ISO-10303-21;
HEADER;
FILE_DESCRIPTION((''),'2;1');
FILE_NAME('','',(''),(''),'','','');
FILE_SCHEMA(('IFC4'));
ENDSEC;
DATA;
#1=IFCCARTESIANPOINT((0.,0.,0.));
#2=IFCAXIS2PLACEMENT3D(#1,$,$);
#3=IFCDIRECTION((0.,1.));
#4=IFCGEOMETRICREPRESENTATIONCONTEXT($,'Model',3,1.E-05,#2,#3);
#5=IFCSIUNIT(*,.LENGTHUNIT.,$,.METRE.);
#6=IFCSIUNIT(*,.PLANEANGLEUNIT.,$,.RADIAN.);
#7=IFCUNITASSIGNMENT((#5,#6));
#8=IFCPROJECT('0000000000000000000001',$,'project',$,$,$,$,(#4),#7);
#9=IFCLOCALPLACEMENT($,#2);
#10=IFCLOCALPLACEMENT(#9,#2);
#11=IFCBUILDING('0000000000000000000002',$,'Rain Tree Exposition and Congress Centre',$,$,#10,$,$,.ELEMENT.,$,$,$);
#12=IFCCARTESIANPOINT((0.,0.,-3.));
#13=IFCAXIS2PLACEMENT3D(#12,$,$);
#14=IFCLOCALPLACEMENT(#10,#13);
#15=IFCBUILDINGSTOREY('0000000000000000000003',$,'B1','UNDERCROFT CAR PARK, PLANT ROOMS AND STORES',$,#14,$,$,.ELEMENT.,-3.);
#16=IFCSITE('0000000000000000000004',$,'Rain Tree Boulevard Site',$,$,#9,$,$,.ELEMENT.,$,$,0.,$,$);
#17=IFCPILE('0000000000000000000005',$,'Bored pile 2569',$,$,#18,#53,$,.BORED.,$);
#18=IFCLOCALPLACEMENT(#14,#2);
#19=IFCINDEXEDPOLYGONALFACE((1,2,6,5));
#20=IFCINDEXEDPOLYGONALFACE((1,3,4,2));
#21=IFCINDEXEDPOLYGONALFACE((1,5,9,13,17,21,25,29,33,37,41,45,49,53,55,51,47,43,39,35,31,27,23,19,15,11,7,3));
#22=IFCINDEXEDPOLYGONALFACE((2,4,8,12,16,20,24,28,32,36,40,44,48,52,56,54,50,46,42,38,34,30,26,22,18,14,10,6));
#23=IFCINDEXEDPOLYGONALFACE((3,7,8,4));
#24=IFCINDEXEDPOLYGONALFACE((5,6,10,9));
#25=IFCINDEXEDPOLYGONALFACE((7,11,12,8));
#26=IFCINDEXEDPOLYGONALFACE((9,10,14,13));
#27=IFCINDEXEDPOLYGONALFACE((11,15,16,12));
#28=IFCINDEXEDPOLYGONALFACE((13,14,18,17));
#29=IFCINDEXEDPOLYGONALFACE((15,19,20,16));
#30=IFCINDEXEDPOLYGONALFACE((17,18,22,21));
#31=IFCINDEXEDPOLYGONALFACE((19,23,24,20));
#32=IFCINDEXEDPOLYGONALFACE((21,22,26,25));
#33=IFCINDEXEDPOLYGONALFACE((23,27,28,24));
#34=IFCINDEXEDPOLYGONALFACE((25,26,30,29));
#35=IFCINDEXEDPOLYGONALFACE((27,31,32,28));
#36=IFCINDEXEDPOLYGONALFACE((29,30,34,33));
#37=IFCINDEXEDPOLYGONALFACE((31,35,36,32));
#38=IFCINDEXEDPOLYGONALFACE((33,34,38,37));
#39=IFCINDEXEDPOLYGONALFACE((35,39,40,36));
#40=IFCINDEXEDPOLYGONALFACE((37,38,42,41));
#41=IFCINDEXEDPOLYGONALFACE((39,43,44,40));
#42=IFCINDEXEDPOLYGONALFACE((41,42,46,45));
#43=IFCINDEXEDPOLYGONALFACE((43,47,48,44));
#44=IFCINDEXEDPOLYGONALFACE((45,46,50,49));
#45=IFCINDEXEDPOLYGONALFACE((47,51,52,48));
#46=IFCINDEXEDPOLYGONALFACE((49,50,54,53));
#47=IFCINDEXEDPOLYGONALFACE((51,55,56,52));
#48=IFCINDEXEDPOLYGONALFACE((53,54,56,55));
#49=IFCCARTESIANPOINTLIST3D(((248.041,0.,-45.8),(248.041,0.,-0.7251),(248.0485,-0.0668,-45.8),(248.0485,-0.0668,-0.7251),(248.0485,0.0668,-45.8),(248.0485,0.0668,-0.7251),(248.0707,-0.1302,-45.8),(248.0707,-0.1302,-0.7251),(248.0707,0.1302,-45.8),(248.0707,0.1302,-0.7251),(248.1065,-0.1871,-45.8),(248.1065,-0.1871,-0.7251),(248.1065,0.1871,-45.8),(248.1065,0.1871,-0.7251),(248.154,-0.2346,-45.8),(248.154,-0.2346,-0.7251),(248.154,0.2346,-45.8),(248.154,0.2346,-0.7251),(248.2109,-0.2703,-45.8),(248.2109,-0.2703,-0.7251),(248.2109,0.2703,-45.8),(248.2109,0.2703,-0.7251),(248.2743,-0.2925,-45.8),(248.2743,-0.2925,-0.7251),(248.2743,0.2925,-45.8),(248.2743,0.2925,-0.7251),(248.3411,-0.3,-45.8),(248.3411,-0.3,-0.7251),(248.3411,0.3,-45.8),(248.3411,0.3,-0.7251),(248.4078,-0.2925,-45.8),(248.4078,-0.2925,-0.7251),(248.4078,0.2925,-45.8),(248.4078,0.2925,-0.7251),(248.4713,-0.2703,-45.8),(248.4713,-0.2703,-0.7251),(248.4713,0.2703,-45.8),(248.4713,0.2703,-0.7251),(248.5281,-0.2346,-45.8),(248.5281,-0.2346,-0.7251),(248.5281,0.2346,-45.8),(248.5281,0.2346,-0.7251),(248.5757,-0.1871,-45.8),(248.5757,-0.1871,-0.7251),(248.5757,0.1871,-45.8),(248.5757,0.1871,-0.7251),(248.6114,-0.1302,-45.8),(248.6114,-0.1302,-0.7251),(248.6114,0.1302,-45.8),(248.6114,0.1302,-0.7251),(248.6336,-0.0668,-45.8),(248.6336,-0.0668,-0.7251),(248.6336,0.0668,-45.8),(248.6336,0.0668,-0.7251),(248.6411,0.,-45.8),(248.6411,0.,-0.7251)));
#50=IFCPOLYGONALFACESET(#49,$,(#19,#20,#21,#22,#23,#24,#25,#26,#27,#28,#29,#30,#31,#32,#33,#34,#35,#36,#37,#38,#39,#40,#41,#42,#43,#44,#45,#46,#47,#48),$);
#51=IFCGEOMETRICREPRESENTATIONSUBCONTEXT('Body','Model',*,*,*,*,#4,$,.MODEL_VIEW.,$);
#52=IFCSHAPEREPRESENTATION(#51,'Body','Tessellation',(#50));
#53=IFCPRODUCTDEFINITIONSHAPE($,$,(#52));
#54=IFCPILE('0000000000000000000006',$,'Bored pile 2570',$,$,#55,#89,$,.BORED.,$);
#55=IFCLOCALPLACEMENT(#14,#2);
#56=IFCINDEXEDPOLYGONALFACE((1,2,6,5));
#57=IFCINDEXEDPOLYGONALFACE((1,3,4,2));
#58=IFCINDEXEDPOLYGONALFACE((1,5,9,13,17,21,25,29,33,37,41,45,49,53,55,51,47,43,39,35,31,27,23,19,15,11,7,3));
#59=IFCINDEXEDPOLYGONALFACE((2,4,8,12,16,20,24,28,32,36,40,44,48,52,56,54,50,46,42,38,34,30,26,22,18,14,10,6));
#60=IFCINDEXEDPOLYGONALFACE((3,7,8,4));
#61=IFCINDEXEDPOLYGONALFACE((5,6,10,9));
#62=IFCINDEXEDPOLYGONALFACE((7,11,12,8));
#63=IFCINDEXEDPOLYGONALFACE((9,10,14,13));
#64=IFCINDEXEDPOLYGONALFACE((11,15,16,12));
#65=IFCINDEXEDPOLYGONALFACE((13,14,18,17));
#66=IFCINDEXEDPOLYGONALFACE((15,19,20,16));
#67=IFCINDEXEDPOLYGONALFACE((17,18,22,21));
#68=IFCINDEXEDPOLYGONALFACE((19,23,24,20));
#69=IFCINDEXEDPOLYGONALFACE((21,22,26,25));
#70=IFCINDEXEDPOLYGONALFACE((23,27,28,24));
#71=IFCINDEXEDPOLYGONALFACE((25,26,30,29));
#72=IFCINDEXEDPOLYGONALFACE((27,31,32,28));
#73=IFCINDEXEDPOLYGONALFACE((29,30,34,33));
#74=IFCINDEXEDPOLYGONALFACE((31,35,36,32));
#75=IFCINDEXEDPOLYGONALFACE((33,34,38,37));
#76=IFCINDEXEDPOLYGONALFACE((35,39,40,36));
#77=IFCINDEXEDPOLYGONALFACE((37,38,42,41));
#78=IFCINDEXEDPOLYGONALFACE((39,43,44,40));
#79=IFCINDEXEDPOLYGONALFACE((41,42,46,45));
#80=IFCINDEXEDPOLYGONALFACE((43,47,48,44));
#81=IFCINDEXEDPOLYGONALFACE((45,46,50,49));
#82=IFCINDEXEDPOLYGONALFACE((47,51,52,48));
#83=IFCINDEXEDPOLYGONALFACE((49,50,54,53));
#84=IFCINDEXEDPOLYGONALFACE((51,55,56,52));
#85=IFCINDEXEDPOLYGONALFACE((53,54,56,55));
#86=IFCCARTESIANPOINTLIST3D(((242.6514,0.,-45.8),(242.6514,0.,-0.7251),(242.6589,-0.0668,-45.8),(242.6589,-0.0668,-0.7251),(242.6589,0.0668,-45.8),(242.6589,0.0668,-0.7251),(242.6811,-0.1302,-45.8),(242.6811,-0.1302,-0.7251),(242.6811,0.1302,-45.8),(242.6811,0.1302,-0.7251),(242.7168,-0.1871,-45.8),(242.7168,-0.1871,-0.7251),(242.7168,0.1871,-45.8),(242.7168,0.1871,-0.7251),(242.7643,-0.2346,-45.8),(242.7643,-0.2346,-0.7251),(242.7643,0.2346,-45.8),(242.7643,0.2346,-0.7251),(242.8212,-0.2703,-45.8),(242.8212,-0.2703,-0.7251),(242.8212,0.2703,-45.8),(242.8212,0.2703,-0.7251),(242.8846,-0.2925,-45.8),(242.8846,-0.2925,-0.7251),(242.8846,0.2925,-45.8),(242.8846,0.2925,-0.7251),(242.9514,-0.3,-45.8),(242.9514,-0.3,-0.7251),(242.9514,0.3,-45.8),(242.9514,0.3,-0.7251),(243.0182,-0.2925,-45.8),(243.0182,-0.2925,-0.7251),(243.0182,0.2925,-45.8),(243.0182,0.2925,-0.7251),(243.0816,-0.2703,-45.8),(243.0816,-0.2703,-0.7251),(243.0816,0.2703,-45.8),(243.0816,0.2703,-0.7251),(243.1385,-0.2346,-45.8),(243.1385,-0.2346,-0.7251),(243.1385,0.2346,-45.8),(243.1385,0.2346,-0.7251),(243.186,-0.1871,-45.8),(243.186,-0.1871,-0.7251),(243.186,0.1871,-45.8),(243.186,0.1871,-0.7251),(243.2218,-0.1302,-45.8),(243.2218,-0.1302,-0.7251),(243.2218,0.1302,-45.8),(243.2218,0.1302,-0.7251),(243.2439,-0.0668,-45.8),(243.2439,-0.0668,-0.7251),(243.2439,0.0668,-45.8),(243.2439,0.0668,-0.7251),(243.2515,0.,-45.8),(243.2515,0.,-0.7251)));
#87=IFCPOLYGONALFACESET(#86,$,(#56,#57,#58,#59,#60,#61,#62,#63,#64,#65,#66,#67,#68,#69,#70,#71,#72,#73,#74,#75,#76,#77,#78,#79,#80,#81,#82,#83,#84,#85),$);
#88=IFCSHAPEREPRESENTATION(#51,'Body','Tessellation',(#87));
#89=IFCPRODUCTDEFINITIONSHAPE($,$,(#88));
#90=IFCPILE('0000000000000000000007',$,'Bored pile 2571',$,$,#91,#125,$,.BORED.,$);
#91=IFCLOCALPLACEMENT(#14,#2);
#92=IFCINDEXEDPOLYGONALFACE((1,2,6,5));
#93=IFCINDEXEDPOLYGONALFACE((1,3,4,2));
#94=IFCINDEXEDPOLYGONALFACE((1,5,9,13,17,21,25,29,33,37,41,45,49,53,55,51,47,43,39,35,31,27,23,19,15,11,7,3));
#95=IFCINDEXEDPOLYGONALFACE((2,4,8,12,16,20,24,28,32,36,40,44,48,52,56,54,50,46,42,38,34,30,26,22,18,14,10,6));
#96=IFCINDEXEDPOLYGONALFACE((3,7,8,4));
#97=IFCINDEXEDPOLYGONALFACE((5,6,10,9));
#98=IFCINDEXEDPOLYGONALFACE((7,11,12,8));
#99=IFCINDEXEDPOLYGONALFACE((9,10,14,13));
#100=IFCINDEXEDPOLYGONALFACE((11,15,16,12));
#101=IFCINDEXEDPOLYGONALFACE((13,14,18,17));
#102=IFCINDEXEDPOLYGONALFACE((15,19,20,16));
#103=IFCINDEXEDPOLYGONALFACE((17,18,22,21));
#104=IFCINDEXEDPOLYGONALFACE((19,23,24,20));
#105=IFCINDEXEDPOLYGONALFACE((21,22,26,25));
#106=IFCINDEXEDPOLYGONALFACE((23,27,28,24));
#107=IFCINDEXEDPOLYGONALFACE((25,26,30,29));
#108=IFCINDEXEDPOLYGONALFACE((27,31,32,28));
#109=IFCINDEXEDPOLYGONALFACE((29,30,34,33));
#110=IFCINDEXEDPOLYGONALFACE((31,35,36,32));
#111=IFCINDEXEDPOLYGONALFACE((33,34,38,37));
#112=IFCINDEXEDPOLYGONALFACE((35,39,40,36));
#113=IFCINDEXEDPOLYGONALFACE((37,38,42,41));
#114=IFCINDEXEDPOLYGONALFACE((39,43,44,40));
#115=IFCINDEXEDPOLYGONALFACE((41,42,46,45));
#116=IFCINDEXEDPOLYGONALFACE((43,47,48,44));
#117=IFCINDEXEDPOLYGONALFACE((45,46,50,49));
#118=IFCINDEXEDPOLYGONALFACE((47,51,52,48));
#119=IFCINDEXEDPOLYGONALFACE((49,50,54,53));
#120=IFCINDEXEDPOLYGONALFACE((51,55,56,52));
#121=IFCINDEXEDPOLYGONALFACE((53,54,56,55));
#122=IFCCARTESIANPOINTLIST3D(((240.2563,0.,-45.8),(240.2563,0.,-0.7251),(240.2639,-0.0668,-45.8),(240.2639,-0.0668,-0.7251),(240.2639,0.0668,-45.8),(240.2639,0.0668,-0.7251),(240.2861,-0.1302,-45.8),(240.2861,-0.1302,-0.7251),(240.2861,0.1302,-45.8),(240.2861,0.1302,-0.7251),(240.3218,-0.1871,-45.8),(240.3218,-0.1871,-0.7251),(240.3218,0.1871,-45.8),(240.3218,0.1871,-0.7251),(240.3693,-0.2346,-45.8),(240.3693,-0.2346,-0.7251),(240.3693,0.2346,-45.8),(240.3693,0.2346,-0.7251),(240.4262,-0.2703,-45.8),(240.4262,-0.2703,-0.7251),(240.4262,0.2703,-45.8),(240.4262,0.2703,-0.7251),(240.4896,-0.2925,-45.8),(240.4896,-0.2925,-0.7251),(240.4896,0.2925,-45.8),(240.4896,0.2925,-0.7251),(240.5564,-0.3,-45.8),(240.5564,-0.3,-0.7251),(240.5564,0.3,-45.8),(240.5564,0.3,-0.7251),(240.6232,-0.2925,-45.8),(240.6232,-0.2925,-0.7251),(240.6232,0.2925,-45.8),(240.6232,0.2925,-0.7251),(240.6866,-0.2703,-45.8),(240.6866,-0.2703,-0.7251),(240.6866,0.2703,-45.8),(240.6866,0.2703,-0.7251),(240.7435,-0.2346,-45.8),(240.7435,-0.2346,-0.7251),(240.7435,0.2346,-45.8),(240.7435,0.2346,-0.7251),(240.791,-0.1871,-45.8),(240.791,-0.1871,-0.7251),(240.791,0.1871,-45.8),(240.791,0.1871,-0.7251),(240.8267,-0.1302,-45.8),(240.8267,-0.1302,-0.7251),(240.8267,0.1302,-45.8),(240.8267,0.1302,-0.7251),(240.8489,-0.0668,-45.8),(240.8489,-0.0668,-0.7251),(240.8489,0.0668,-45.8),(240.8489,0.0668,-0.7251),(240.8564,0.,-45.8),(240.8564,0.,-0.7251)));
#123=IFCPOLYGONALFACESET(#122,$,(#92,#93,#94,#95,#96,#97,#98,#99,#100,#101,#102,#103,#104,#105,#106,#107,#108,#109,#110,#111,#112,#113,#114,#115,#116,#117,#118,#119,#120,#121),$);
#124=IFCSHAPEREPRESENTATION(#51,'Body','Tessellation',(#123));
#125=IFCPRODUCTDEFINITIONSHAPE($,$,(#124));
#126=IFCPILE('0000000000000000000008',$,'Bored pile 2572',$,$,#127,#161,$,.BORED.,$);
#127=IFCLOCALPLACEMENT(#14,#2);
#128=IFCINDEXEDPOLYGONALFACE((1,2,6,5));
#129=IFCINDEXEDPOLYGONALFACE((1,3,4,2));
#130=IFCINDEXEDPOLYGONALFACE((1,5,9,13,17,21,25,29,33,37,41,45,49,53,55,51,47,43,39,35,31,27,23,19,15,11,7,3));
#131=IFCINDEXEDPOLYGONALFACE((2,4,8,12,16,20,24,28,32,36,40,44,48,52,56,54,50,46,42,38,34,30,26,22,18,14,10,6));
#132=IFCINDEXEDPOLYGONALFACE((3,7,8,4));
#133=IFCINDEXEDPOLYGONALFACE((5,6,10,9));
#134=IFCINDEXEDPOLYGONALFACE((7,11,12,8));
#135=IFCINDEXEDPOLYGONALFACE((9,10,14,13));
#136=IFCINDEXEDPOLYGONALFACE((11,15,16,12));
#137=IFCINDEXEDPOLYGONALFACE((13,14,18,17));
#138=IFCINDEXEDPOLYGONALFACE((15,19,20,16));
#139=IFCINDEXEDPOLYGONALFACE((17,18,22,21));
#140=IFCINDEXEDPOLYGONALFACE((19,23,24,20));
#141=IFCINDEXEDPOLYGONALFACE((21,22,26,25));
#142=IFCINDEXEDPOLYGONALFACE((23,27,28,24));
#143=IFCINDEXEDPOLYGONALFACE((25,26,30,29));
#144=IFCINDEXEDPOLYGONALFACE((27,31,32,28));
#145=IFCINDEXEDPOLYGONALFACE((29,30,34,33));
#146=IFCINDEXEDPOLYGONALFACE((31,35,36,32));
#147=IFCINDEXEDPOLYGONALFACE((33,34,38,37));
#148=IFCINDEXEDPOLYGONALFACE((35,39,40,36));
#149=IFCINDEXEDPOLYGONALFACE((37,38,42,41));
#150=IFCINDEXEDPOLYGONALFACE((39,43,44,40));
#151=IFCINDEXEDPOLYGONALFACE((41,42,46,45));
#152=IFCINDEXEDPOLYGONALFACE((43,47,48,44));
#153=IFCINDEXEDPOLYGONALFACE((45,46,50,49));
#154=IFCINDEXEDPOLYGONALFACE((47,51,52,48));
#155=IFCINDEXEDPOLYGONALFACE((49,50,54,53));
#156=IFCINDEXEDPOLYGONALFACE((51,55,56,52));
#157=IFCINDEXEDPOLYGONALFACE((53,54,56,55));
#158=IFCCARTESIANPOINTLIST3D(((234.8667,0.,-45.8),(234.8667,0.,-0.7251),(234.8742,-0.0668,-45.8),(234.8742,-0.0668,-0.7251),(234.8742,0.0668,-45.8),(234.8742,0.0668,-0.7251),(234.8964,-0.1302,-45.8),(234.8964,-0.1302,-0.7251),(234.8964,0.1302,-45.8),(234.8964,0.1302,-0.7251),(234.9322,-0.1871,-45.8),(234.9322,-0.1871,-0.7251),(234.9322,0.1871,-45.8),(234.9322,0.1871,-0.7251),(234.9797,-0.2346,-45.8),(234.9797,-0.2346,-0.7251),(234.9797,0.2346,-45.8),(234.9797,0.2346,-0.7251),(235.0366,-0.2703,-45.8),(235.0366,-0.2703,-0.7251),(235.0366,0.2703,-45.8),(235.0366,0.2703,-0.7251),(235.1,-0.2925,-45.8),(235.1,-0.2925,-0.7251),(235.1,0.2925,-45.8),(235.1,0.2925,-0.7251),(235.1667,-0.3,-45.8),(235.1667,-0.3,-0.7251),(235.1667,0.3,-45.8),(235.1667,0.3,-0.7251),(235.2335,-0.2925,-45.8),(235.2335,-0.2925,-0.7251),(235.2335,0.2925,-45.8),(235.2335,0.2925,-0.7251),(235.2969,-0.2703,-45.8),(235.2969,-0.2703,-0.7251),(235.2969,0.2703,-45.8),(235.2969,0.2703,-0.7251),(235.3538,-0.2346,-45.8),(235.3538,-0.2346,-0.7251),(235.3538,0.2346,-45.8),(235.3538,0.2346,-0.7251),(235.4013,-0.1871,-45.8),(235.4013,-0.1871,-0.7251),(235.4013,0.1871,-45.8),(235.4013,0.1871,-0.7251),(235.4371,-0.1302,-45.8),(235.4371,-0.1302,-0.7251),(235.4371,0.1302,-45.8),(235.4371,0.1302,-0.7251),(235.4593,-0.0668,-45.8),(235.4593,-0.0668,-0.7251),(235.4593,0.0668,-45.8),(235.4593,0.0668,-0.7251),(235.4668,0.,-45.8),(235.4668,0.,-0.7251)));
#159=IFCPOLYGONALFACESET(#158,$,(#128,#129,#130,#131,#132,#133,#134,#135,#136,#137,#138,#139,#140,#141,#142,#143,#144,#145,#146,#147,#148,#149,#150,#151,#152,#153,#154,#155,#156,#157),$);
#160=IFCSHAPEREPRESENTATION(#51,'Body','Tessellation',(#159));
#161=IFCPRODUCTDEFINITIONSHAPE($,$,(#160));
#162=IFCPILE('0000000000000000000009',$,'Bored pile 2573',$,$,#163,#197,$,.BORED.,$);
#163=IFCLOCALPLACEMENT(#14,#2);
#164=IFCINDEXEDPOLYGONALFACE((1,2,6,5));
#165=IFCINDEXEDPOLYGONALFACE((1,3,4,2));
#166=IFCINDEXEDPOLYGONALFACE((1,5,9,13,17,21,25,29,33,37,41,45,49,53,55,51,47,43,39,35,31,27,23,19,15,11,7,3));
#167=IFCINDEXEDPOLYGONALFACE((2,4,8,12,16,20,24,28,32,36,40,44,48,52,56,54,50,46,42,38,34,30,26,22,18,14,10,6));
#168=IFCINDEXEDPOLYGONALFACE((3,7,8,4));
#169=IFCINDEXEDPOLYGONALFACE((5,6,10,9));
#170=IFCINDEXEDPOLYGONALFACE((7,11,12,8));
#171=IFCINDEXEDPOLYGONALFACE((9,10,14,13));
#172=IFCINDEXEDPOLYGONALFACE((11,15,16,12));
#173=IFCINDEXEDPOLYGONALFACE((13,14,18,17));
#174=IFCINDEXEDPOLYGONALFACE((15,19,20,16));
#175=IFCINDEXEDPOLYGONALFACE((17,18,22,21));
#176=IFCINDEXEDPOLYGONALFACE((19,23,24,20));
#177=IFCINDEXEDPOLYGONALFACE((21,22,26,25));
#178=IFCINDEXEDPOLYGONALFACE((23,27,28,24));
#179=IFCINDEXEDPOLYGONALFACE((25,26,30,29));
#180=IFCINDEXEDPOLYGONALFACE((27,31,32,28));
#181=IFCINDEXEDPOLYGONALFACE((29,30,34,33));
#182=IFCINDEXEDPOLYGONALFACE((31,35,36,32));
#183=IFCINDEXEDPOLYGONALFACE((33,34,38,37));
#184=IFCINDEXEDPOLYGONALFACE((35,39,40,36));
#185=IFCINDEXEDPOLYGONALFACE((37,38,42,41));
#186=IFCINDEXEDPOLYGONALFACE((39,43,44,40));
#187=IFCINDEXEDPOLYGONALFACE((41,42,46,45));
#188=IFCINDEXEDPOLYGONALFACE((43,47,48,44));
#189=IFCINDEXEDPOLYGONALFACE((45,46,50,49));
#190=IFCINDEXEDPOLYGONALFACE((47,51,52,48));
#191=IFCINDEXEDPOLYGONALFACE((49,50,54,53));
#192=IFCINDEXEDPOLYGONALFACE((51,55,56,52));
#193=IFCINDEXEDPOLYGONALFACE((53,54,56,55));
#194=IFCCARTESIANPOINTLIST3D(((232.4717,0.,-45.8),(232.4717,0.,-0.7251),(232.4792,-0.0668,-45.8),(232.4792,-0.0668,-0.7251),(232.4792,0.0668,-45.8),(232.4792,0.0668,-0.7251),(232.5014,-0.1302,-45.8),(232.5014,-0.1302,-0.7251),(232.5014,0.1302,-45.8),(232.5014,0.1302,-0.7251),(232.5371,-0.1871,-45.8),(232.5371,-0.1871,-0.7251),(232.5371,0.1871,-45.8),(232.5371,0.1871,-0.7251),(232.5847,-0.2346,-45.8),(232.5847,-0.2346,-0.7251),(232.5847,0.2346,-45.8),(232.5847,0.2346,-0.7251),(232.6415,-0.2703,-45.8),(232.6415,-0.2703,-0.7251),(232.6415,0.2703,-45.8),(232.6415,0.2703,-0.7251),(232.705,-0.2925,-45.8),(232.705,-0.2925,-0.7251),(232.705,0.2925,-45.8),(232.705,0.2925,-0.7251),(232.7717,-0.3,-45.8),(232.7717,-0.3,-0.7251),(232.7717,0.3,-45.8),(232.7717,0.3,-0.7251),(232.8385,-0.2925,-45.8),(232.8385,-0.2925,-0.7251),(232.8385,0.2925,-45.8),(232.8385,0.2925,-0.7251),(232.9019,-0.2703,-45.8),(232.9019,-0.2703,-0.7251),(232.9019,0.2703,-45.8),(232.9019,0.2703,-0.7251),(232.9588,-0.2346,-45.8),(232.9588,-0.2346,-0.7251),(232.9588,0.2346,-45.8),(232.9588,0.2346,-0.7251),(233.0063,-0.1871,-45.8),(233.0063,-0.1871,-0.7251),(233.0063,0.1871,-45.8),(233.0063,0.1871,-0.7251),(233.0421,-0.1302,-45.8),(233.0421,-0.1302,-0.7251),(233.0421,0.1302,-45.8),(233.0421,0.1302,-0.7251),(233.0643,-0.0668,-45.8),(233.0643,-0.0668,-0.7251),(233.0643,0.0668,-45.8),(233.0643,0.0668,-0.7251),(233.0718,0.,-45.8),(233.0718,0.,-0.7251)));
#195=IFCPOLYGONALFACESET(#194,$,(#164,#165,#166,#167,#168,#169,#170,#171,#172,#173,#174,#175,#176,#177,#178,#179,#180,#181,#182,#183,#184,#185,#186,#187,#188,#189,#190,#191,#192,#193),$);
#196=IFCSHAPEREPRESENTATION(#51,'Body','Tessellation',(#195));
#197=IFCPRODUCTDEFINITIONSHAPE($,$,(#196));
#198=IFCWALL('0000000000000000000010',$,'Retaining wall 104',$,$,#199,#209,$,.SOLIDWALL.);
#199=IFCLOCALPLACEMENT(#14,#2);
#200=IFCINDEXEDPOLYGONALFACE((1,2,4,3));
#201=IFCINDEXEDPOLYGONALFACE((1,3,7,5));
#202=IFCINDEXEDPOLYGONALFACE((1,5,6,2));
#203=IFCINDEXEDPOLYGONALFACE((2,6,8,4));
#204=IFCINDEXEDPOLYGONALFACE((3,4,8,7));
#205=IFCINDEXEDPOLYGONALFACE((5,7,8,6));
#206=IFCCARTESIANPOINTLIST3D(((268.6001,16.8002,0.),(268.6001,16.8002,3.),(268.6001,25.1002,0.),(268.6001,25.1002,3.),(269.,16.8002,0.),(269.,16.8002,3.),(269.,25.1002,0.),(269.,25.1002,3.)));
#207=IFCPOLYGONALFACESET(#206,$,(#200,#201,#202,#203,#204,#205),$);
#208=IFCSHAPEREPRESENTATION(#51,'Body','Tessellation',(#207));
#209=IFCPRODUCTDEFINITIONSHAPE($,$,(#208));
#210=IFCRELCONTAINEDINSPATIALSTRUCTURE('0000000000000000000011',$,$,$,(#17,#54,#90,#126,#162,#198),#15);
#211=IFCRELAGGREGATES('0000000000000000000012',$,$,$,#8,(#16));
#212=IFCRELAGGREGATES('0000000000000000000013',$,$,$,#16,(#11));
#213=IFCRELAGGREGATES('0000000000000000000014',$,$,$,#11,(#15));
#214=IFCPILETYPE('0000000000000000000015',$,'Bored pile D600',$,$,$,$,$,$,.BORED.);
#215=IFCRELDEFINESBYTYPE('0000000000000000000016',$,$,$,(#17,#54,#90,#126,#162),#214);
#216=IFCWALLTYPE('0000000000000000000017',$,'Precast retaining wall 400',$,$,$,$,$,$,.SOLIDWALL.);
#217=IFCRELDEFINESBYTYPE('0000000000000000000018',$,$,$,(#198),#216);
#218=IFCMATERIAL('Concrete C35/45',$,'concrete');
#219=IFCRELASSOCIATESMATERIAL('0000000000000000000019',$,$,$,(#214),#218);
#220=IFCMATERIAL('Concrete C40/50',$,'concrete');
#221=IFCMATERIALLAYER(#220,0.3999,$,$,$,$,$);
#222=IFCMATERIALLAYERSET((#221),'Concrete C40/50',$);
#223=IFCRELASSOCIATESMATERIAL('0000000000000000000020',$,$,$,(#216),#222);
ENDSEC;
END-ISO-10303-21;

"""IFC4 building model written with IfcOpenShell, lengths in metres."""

from ifc_helpers import new_model, si_unit, direction, frame, frame_2d, origin, origin_2d, place, context, subcontext, project, spatial, rectangle, circle, extrude, material, layer, layer_set, material_profile, profile_set, type_object, element, save


model = new_model("IFC4")

# Units and contexts
model_context = context("Model", 3, precision=1e-05, world=origin(), true_north=direction((0.0, 1.0)))
body_context = subcontext(model_context, "Body", "Model", "MODEL_VIEW")
ifc_project = project(units=[si_unit("LENGTHUNIT", "METRE"), si_unit("PLANEANGLEUNIT", "RADIAN")], contexts=[model_context])

# Site, building, storey
site_placement = place(None, origin())
site = spatial("IfcSite", under=ifc_project, at=site_placement, Name="Rain Tree Boulevard Site", CompositionType="ELEMENT", RefElevation=0.0)
building_placement = place(site_placement, origin())
building = spatial("IfcBuilding", under=site, at=building_placement, Name="Rain Tree Exposition and Congress Centre", CompositionType="ELEMENT")
storey_placement = place(building_placement, frame((0.0, 0.0, -3.0)))
storey = spatial("IfcBuildingStorey", under=building, at=storey_placement, Name="B1", Description="UNDERCROFT CAR PARK, PLANT ROOMS AND STORES", CompositionType="ELEMENT", Elevation=-3.0)

# Piles
ifc_material_1 = material(Name="Concrete C35/45", Category="concrete")
ifc_material_profile = material_profile(ifc_material_1, circle(Radius=0.3, at=origin_2d()), Name="D600")
ifc_profile_set = profile_set([ifc_material_profile], Name="Concrete C35/45")
pile_type = type_object("IfcPileType", Name="Bored pile D600", PredefinedType="BORED", material=ifc_profile_set)
for number, where, z_axis, x_axis, name in (
    (1, (248.3411, 0.0, -0.7251), (0.0, 0.0, -1.0), (1.0, 0.0, 0.0), "Bored pile 2569"),
    (2, (242.9514, 0.0, -0.7251), (0.0, 0.0, -1.0), (1.0, 0.0, 0.0), "Bored pile 2570"),
    (3, (240.5564, 0.0, -0.7251), (0.0, 0.0, -1.0), (1.0, 0.0, 0.0), "Bored pile 2571"),
    (4, (235.1667, 0.0, -0.7251), (0.0, 0.0, -1.0), (1.0, 0.0, 0.0), "Bored pile 2572"),
    (5, (232.7717, 0.0, -0.7251), (0.0, 0.0, -1.0), (1.0, 0.0, 0.0), "Bored pile 2573"),
):
    element("IfcPile", number, at=place(storey_placement, frame(where, z_axis=z_axis, x_axis=x_axis)), inside=storey, type_object=pile_type, Name=name, PredefinedType="BORED", context=body_context, shape_type="SweptSolid", body=[
        extrude(circle(Radius=0.3, at=origin_2d()), origin(), (0.0, 0.0, 1.0), 45.075),
    ])

# Wall
ifc_material_2 = material(Name="Concrete C40/50", Category="concrete")
ifc_layer = layer(ifc_material_2, 0.3999)
ifc_layer_set = layer_set([ifc_layer], Name="Concrete C40/50")
wall_type = type_object("IfcWallType", Name="Precast retaining wall 400", PredefinedType="SOLIDWALL", material=ifc_layer_set)
for number, where, z_axis, x_axis, name in (
    (6, (268.8, 25.1001, 0.0), (0.0, 0.0, 1.0), (0.0, -1.0, 0.0), "Retaining wall 104"),
):
    element("IfcWall", number, at=place(storey_placement, frame(where, z_axis=z_axis, x_axis=x_axis)), inside=storey, type_object=wall_type, Name=name, PredefinedType="SOLIDWALL", context=body_context, shape_type="SweptSolid", body=[
        extrude(rectangle(XDim=8.3, YDim=0.3999, at=frame_2d((4.1499, 0.0))), origin(), (0.0, 0.0, 1.0), 3.0),
    ])

save(model, "model.ifc")
